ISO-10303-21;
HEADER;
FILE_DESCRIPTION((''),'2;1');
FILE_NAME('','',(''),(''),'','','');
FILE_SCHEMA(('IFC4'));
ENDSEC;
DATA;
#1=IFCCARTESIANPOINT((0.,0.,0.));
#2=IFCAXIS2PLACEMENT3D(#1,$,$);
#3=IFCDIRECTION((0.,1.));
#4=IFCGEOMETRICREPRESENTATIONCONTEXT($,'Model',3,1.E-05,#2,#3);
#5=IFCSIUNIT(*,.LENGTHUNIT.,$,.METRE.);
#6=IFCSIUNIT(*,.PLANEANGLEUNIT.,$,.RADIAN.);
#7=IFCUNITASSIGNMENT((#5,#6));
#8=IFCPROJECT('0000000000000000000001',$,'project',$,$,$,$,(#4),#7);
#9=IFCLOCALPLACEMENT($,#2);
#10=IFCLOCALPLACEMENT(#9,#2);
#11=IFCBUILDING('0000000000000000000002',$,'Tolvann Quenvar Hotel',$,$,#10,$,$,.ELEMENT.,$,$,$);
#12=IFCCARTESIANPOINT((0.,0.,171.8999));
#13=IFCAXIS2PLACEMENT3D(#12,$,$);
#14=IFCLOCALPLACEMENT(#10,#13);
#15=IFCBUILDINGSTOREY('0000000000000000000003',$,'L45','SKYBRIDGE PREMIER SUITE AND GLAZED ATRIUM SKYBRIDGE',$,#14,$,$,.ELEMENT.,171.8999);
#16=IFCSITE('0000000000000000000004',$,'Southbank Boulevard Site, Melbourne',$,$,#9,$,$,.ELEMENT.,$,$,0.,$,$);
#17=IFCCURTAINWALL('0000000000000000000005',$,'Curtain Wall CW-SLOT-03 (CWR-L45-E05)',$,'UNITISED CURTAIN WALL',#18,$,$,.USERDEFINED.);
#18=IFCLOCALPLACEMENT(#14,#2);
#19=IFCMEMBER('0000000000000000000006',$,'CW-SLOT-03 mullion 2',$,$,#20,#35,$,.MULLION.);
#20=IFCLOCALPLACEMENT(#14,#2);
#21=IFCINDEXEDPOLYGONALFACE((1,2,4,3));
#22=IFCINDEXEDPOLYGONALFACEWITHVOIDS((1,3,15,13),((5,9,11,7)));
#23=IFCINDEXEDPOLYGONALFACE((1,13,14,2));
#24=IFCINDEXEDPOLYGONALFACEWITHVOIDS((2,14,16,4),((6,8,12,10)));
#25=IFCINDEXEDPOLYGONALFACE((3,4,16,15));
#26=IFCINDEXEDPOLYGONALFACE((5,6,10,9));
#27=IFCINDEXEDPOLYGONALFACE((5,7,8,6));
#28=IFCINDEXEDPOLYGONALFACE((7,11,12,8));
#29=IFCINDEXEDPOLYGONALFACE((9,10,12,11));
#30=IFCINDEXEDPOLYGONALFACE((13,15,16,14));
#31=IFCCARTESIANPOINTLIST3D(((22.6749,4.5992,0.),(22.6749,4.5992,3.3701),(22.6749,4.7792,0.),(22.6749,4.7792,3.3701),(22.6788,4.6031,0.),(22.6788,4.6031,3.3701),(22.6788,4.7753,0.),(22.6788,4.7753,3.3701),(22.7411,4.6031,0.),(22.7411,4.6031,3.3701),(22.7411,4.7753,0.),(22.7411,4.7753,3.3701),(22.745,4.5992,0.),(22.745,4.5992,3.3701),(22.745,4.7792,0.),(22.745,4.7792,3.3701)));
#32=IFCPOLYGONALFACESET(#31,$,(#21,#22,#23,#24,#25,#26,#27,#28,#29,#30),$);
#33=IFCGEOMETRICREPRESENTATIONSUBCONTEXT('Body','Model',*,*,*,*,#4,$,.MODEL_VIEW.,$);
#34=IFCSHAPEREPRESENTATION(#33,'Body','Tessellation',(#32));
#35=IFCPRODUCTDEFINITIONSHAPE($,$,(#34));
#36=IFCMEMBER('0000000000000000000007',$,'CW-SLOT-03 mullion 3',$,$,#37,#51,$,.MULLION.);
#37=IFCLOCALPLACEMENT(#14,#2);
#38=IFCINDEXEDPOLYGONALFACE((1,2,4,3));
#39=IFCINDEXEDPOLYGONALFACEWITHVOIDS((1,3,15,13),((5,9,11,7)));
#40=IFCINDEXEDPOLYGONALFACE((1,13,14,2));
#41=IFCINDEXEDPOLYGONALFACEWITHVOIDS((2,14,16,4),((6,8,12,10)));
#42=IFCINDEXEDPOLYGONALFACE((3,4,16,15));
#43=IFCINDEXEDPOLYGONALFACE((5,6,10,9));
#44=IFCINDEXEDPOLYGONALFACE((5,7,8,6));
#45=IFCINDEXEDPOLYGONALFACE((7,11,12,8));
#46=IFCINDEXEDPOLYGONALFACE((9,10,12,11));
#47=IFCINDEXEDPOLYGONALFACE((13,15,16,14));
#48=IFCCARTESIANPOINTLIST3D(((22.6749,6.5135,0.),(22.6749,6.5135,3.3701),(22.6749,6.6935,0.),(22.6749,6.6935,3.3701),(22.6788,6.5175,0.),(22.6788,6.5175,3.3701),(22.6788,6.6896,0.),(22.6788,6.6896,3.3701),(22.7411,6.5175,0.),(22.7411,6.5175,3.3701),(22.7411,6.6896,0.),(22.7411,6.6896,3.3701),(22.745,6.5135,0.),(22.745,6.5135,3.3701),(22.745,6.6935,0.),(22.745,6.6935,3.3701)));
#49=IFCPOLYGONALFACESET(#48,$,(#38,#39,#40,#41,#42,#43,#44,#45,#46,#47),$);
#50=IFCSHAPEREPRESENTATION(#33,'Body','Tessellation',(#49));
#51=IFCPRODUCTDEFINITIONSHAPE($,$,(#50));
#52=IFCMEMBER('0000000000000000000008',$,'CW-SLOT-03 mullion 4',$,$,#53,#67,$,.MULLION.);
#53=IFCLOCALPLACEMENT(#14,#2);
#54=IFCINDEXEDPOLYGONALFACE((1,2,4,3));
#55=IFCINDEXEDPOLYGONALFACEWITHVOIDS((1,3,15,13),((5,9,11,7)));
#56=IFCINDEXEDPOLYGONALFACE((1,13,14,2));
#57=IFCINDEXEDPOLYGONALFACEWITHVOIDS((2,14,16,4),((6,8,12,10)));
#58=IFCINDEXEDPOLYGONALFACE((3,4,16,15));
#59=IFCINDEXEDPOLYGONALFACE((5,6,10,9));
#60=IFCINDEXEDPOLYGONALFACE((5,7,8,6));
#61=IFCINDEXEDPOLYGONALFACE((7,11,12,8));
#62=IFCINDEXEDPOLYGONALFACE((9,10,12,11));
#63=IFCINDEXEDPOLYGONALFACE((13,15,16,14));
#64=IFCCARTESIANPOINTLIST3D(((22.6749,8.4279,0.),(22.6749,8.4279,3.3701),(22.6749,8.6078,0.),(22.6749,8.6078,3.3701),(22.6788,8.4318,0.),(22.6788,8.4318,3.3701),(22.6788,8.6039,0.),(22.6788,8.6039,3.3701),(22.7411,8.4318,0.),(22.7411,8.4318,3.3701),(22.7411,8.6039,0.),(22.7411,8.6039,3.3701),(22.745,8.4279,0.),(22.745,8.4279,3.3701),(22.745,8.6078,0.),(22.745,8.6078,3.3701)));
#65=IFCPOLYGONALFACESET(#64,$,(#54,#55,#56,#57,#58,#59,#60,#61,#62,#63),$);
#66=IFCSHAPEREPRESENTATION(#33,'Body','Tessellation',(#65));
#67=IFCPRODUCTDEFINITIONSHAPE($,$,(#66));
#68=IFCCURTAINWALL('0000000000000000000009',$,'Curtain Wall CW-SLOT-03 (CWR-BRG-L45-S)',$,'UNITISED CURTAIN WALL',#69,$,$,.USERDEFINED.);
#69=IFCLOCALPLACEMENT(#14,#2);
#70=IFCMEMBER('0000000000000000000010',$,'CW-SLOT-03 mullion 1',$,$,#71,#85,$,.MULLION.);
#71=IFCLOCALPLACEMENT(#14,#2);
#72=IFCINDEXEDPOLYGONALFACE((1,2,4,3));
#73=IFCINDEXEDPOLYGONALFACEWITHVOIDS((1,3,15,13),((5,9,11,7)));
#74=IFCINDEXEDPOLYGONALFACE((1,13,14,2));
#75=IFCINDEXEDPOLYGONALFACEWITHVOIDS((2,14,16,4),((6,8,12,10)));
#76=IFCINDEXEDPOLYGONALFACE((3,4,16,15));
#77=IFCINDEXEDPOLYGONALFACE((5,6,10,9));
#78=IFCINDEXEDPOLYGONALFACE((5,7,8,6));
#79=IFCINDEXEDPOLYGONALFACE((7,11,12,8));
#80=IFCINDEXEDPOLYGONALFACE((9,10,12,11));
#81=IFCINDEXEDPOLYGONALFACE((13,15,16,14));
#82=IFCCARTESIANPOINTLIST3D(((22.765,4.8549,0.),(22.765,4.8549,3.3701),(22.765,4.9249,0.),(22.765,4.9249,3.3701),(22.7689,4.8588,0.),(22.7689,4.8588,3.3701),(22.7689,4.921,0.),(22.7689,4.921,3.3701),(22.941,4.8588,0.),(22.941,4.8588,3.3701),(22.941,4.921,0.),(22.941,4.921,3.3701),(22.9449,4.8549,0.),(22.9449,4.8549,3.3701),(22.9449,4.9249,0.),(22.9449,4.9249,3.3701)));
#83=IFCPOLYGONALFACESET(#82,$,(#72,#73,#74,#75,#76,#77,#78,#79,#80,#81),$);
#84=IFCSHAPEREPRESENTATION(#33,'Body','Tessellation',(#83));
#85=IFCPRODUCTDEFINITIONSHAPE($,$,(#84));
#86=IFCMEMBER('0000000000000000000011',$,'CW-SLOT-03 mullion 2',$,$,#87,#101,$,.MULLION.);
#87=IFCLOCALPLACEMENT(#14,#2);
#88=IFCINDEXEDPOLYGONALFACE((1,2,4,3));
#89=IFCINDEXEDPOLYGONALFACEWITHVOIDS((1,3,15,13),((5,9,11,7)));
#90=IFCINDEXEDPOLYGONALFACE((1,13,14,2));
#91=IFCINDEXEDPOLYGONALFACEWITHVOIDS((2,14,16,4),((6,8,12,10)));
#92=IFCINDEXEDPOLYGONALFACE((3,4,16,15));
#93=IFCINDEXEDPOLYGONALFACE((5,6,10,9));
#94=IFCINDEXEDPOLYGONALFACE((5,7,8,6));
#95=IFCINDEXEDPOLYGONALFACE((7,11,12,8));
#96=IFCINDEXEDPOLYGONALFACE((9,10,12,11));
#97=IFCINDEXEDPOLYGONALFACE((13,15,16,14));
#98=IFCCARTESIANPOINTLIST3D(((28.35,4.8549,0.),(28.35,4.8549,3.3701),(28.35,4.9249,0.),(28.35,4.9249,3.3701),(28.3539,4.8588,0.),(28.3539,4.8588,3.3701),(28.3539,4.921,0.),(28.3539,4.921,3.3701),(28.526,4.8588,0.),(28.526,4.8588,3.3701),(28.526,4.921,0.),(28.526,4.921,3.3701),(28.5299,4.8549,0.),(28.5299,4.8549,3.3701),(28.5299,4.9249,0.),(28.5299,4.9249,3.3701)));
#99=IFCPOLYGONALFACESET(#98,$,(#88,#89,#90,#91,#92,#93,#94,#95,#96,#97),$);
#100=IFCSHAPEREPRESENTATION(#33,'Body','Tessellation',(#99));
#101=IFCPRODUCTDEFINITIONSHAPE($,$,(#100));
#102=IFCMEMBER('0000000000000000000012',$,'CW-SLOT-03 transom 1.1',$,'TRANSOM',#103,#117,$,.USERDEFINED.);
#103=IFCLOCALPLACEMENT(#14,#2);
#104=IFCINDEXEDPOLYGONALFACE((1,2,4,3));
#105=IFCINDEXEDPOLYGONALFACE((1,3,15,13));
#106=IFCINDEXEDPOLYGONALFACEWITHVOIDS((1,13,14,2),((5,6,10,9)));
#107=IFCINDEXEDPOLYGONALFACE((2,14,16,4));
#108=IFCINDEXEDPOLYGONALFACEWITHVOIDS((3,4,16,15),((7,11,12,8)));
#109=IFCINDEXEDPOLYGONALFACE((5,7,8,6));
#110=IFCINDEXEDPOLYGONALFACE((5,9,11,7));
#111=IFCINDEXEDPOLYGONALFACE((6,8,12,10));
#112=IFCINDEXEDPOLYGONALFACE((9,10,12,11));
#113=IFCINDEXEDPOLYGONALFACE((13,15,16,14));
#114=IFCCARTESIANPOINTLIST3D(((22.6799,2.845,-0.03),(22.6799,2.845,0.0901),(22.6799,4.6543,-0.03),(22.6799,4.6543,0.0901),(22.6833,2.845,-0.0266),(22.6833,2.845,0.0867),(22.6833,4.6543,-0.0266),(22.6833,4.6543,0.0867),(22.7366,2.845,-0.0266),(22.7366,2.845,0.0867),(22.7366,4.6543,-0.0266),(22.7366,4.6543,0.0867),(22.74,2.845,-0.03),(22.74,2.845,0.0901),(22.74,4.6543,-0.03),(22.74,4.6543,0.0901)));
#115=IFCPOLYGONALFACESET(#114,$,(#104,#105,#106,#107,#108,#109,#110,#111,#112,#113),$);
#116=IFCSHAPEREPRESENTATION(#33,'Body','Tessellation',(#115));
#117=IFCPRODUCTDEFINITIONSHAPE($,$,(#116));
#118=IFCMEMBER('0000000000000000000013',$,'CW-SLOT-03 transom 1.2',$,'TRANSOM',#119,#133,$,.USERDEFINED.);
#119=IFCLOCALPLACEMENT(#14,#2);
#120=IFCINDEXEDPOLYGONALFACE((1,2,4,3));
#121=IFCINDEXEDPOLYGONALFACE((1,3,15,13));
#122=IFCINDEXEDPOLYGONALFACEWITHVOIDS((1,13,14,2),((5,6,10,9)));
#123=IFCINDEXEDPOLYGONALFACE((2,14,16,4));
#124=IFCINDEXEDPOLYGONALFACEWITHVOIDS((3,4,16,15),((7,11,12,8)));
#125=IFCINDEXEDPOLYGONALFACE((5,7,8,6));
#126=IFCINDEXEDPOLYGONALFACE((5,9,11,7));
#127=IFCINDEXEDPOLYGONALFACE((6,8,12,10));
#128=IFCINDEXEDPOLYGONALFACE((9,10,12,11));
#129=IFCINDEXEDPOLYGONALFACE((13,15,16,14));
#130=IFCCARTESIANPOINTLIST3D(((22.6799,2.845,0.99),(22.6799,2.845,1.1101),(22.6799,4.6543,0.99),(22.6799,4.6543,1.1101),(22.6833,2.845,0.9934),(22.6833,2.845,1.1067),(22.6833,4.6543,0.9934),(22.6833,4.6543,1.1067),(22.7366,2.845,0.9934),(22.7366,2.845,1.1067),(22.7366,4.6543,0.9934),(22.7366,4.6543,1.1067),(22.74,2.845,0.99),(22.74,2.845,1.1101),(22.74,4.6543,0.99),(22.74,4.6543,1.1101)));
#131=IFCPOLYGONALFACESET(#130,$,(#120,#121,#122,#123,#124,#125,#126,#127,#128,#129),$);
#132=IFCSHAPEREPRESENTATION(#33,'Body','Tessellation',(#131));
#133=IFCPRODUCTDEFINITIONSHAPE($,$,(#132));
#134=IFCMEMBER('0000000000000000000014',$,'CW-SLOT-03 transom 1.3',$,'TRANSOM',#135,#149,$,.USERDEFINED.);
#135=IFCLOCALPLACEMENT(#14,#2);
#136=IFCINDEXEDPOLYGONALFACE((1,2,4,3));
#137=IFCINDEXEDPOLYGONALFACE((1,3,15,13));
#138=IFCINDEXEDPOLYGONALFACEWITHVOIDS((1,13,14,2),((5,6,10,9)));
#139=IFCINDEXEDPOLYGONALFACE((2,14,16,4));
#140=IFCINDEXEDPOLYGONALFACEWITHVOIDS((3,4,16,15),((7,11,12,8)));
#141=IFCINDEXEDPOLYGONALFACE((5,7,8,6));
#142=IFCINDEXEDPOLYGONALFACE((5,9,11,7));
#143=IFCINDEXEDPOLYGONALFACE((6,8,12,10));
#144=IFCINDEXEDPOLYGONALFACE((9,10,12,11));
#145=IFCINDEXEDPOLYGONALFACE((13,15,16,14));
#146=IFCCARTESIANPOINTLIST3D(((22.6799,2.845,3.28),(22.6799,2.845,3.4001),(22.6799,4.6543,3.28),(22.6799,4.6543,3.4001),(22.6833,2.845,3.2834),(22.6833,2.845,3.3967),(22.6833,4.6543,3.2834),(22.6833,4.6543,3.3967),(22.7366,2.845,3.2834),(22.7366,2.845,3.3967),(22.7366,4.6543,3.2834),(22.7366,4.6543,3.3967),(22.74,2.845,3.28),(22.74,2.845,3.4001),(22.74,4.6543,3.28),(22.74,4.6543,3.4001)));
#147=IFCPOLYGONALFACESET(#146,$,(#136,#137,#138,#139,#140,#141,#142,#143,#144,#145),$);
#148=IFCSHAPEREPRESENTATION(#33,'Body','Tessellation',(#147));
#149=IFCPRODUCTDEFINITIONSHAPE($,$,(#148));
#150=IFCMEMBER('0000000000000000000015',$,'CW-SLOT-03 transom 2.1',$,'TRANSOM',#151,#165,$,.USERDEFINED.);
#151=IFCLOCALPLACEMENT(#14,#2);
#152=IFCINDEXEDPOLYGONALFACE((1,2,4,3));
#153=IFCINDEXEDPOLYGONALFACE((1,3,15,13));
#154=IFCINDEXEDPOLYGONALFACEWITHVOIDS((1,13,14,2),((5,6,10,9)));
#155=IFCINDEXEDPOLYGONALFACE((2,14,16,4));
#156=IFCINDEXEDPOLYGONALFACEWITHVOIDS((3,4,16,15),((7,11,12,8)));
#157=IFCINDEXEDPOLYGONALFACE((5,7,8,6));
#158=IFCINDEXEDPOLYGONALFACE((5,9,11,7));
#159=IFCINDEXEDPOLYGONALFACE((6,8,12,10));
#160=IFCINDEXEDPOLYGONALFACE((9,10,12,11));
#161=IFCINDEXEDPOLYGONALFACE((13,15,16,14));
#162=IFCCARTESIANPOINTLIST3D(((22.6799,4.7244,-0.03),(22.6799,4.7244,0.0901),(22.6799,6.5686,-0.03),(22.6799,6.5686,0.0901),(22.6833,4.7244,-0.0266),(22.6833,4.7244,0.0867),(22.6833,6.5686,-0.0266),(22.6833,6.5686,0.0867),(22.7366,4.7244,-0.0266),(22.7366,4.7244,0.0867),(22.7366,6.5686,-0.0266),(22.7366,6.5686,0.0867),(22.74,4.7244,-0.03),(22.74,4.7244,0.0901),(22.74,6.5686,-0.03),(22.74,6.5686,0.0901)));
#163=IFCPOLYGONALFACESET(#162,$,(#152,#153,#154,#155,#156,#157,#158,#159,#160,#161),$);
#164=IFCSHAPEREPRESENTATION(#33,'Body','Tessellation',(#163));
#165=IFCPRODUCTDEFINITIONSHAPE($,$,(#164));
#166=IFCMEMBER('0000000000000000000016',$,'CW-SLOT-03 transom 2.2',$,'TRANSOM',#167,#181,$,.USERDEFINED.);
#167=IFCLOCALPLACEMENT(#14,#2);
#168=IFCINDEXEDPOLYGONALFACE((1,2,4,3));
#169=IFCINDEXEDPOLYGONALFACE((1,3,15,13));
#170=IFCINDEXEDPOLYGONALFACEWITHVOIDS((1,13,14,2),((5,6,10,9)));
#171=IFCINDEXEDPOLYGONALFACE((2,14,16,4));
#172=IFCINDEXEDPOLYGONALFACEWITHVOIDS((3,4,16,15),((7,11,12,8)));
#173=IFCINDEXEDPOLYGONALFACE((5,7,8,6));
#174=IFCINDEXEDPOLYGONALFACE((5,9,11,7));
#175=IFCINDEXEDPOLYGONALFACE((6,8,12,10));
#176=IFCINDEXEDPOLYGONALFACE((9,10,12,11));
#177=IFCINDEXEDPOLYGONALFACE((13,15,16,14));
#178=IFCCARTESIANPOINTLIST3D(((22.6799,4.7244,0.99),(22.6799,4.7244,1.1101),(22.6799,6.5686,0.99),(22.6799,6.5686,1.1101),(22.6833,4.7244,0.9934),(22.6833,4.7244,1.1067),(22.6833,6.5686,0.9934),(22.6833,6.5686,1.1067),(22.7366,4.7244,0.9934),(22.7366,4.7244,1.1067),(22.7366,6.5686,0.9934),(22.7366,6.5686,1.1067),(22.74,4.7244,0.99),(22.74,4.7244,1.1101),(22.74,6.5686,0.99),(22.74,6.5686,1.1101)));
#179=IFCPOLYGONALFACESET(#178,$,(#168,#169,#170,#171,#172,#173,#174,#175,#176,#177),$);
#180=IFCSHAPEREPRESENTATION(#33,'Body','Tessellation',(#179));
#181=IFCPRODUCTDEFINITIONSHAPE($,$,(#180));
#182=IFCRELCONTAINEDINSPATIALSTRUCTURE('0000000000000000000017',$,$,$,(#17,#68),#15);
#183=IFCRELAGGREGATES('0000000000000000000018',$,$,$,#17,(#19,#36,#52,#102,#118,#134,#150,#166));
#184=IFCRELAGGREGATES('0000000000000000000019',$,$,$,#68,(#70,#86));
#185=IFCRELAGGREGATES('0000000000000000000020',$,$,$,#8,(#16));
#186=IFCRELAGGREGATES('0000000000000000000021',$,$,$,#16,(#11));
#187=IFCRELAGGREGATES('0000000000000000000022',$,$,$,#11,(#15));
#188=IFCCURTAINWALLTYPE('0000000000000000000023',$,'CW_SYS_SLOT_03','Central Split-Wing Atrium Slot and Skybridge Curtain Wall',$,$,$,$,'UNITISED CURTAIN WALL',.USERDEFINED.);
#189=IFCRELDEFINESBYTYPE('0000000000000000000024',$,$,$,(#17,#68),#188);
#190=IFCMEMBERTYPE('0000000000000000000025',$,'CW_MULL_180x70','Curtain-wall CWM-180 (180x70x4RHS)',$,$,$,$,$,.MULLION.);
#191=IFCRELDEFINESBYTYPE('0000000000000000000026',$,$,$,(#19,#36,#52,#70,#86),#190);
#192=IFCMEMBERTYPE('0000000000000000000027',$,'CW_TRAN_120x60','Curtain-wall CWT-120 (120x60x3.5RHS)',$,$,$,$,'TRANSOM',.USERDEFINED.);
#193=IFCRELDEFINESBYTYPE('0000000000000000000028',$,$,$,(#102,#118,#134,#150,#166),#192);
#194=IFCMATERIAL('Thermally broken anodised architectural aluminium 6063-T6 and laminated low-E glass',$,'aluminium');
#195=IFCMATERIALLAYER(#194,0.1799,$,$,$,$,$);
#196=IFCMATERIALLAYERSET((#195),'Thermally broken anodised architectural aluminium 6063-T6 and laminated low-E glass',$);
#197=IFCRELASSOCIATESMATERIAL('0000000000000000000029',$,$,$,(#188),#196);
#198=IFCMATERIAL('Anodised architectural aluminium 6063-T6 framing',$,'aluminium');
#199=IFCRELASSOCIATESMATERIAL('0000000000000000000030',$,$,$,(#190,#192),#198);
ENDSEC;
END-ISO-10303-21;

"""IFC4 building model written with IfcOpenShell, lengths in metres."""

from ifc_helpers import new_model, si_unit, direction, frame, origin, origin_2d, place, context, subcontext, project, spatial, hollow_rectangle, extrude, source, transform, mapped, material, layer, layer_set, material_profile, profile_set, type_object, type_shapes, element, aggregate, save


model = new_model("IFC4")

# Units and contexts
model_context = context("Model", 3, precision=1e-05, world=origin(), true_north=direction((0.0, 1.0)))
body_context = subcontext(model_context, "Body", "Model", "MODEL_VIEW")
ifc_project = project(units=[si_unit("LENGTHUNIT", "METRE"), si_unit("PLANEANGLEUNIT", "RADIAN")], contexts=[model_context])

# Site, building, storey
site_placement = place(None, origin())
site = spatial("IfcSite", under=ifc_project, at=site_placement, Name="Southbank Boulevard Site, Melbourne", CompositionType="ELEMENT", RefElevation=0.0)
building_placement = place(site_placement, origin())
building = spatial("IfcBuilding", under=site, at=building_placement, Name="Tolvann Quenvar Hotel", CompositionType="ELEMENT")
storey_placement = place(building_placement, frame((0.0, 0.0, 171.8999)))
storey = spatial("IfcBuildingStorey", under=building, at=storey_placement, Name="L45", Description="SKYBRIDGE PREMIER SUITE AND GLAZED ATRIUM SKYBRIDGE", CompositionType="ELEMENT", Elevation=171.8999)

# Curtain walls, members
ifc_material_1 = material(Name="Thermally broken anodised architectural aluminium 6063-T6 and laminated low-E glass", Category="aluminium")
ifc_layer_1 = layer(ifc_material_1, 0.1799)
ifc_layer_set_1 = layer_set([ifc_layer_1], Name="Thermally broken anodised architectural aluminium 6063-T6 and laminated low-E glass")
curtain_wall_type = type_object("IfcCurtainWallType", Name="CW_SYS_SLOT_03", Description="Central Split-Wing Atrium Slot and Skybridge Curtain Wall", ElementType="UNITISED CURTAIN WALL", PredefinedType="USERDEFINED", material=ifc_layer_set_1)
curtain_wall_1_placement = place(storey_placement, origin())
curtain_wall_1 = element("IfcCurtainWall", 1, at=curtain_wall_1_placement, inside=storey, type_object=curtain_wall_type, Name="Curtain Wall CW-SLOT-03 (CWR-L45-E05)", ObjectType="UNITISED CURTAIN WALL", PredefinedType="USERDEFINED")
ifc_material_2 = material(Name="Anodised architectural aluminium 6063-T6 framing", Category="aluminium")
ifc_material_profile_1 = material_profile(ifc_material_2, hollow_rectangle(XDim=0.0701, YDim=0.1799, WallThickness=0.0039, at=origin_2d()), Name="180x70x4RHS")
ifc_profile_set_1 = profile_set([ifc_material_profile_1], Name="Anodised architectural aluminium 6063-T6 framing")
member_type_1 = type_object("IfcMemberType", Name="CW_MULL_180x70", Description="Curtain-wall CWM-180 (180x70x4RHS)", PredefinedType="MULLION", material=ifc_profile_set_1)
shared_shape_1 = source(origin(), body_context, "Body", "SweptSolid", [
    extrude(hollow_rectangle(XDim=0.0701, YDim=0.1799, WallThickness=0.0039, at=origin_2d()), origin(), (0.0, 0.0, 1.0), 3.3701),
])
type_shapes(member_type_1, [shared_shape_1])
member_1_placement = place(storey_placement, frame((22.71, 4.6892, 0.0), z_axis=(0.0, 0.0, 1.0), x_axis=(-1.0, 0.0, 0.0)))
member_1 = element("IfcMember", 2, at=member_1_placement, type_object=member_type_1, Name="CW-SLOT-03 mullion 2", PredefinedType="MULLION", context=body_context, shape_type="MappedRepresentation", body=[
    mapped(shared_shape_1, transform((0.0, 0.0, 0.0), x_axis=(1.0, 0.0, 0.0), y_axis=(0.0, 1.0, 0.0), z_axis=(0.0, 0.0, 1.0), scale=1.0)),
])
member_2_placement = place(storey_placement, frame((22.71, 6.6035, 0.0), z_axis=(0.0, 0.0, 1.0), x_axis=(-1.0, 0.0, 0.0)))
member_2 = element("IfcMember", 3, at=member_2_placement, type_object=member_type_1, Name="CW-SLOT-03 mullion 3", PredefinedType="MULLION", context=body_context, shape_type="MappedRepresentation", body=[
    mapped(shared_shape_1, transform((0.0, 0.0, 0.0), x_axis=(1.0, 0.0, 0.0), y_axis=(0.0, 1.0, 0.0), z_axis=(0.0, 0.0, 1.0), scale=1.0)),
])
member_3_placement = place(storey_placement, frame((22.71, 8.5178, 0.0), z_axis=(0.0, 0.0, 1.0), x_axis=(-1.0, 0.0, 0.0)))
member_3 = element("IfcMember", 4, at=member_3_placement, type_object=member_type_1, Name="CW-SLOT-03 mullion 4", PredefinedType="MULLION", context=body_context, shape_type="MappedRepresentation", body=[
    mapped(shared_shape_1, transform((0.0, 0.0, 0.0), x_axis=(1.0, 0.0, 0.0), y_axis=(0.0, 1.0, 0.0), z_axis=(0.0, 0.0, 1.0), scale=1.0)),
])
curtain_wall_2_placement = place(storey_placement, origin())
curtain_wall_2 = element("IfcCurtainWall", 5, at=curtain_wall_2_placement, inside=storey, type_object=curtain_wall_type, Name="Curtain Wall CW-SLOT-03 (CWR-BRG-L45-S)", ObjectType="UNITISED CURTAIN WALL", PredefinedType="USERDEFINED")
member_4_placement = place(storey_placement, frame((22.855, 4.8899, 0.0), z_axis=(0.0, 0.0, 1.0), x_axis=(0.0, 1.0, 0.0)))
member_4 = element("IfcMember", 6, at=member_4_placement, type_object=member_type_1, Name="CW-SLOT-03 mullion 1", PredefinedType="MULLION", context=body_context, shape_type="MappedRepresentation", body=[
    mapped(shared_shape_1, transform((0.0, 0.0, 0.0), x_axis=(1.0, 0.0, 0.0), y_axis=(0.0, 1.0, 0.0), z_axis=(0.0, 0.0, 1.0), scale=1.0)),
])
member_5_placement = place(storey_placement, frame((28.4399, 4.8899, 0.0), z_axis=(0.0, 0.0, 1.0), x_axis=(0.0, 1.0, 0.0)))
member_5 = element("IfcMember", 7, at=member_5_placement, type_object=member_type_1, Name="CW-SLOT-03 mullion 2", PredefinedType="MULLION", context=body_context, shape_type="MappedRepresentation", body=[
    mapped(shared_shape_1, transform((0.0, 0.0, 0.0), x_axis=(1.0, 0.0, 0.0), y_axis=(0.0, 1.0, 0.0), z_axis=(0.0, 0.0, 1.0), scale=1.0)),
])

# Members
ifc_material_profile_2 = material_profile(ifc_material_2, hollow_rectangle(XDim=0.0601, YDim=0.1201, WallThickness=0.0034, at=origin_2d()), Name="120x60x3.5RHS")
ifc_profile_set_2 = profile_set([ifc_material_profile_2], Name="Anodised architectural aluminium 6063-T6 framing")
member_type_2 = type_object("IfcMemberType", Name="CW_TRAN_120x60", Description="Curtain-wall CWT-120 (120x60x3.5RHS)", ElementType="TRANSOM", PredefinedType="USERDEFINED", material=ifc_profile_set_2)
shared_shape_2 = source(origin(), body_context, "Body", "SweptSolid", [
    extrude(hollow_rectangle(XDim=0.0601, YDim=0.1201, WallThickness=0.0034, at=origin_2d()), origin(), (0.0, 0.0, 1.0), 1.8093),
])
member_6_placement = place(storey_placement, frame((22.71, 2.845, 0.03), z_axis=(0.0, 1.0, 0.0), x_axis=(-1.0, 0.0, 0.0)))
member_6 = element("IfcMember", 8, at=member_6_placement, type_object=member_type_2, Name="CW-SLOT-03 transom 1.1", ObjectType="TRANSOM", PredefinedType="USERDEFINED", context=body_context, shape_type="MappedRepresentation", body=[
    mapped(shared_shape_2, transform((0.0, 0.0, 0.0), x_axis=(1.0, 0.0, 0.0), y_axis=(0.0, 1.0, 0.0), z_axis=(0.0, 0.0, 1.0), scale=1.0)),
])
member_7_placement = place(storey_placement, frame((22.71, 2.845, 1.05), z_axis=(0.0, 1.0, 0.0), x_axis=(-1.0, 0.0, 0.0)))
member_7 = element("IfcMember", 9, at=member_7_placement, type_object=member_type_2, Name="CW-SLOT-03 transom 1.2", ObjectType="TRANSOM", PredefinedType="USERDEFINED", context=body_context, shape_type="MappedRepresentation", body=[
    mapped(shared_shape_2, transform((0.0, 0.0, 0.0), x_axis=(1.0, 0.0, 0.0), y_axis=(0.0, 1.0, 0.0), z_axis=(0.0, 0.0, 1.0), scale=1.0)),
])
member_8_placement = place(storey_placement, frame((22.71, 2.845, 3.3401), z_axis=(0.0, 1.0, 0.0), x_axis=(-1.0, 0.0, 0.0)))
member_8 = element("IfcMember", 10, at=member_8_placement, type_object=member_type_2, Name="CW-SLOT-03 transom 1.3", ObjectType="TRANSOM", PredefinedType="USERDEFINED", context=body_context, shape_type="MappedRepresentation", body=[
    mapped(shared_shape_2, transform((0.0, 0.0, 0.0), x_axis=(1.0, 0.0, 0.0), y_axis=(0.0, 1.0, 0.0), z_axis=(0.0, 0.0, 1.0), scale=1.0)),
])
shared_shape_3 = source(origin(), body_context, "Body", "SweptSolid", [
    extrude(hollow_rectangle(XDim=0.0601, YDim=0.1201, WallThickness=0.0034, at=origin_2d()), origin(), (0.0, 0.0, 1.0), 1.8442),
])
member_9_placement = place(storey_placement, frame((22.71, 4.7244, 0.03), z_axis=(0.0, 1.0, 0.0), x_axis=(-1.0, 0.0, 0.0)))
member_9 = element("IfcMember", 11, at=member_9_placement, type_object=member_type_2, Name="CW-SLOT-03 transom 2.1", ObjectType="TRANSOM", PredefinedType="USERDEFINED", context=body_context, shape_type="MappedRepresentation", body=[
    mapped(shared_shape_3, transform((0.0, 0.0, 0.0), x_axis=(1.0, 0.0, 0.0), y_axis=(0.0, 1.0, 0.0), z_axis=(0.0, 0.0, 1.0), scale=1.0)),
])
member_10_placement = place(storey_placement, frame((22.71, 4.7244, 1.05), z_axis=(0.0, 1.0, 0.0), x_axis=(-1.0, 0.0, 0.0)))
member_10 = element("IfcMember", 12, at=member_10_placement, type_object=member_type_2, Name="CW-SLOT-03 transom 2.2", ObjectType="TRANSOM", PredefinedType="USERDEFINED", context=body_context, shape_type="MappedRepresentation", body=[
    mapped(shared_shape_3, transform((0.0, 0.0, 0.0), x_axis=(1.0, 0.0, 0.0), y_axis=(0.0, 1.0, 0.0), z_axis=(0.0, 0.0, 1.0), scale=1.0)),
])

aggregate(curtain_wall_1, [member_1, member_2, member_3, member_6, member_7, member_8, member_9, member_10])
aggregate(curtain_wall_2, [member_4, member_5])

save(model, "model.ifc")
